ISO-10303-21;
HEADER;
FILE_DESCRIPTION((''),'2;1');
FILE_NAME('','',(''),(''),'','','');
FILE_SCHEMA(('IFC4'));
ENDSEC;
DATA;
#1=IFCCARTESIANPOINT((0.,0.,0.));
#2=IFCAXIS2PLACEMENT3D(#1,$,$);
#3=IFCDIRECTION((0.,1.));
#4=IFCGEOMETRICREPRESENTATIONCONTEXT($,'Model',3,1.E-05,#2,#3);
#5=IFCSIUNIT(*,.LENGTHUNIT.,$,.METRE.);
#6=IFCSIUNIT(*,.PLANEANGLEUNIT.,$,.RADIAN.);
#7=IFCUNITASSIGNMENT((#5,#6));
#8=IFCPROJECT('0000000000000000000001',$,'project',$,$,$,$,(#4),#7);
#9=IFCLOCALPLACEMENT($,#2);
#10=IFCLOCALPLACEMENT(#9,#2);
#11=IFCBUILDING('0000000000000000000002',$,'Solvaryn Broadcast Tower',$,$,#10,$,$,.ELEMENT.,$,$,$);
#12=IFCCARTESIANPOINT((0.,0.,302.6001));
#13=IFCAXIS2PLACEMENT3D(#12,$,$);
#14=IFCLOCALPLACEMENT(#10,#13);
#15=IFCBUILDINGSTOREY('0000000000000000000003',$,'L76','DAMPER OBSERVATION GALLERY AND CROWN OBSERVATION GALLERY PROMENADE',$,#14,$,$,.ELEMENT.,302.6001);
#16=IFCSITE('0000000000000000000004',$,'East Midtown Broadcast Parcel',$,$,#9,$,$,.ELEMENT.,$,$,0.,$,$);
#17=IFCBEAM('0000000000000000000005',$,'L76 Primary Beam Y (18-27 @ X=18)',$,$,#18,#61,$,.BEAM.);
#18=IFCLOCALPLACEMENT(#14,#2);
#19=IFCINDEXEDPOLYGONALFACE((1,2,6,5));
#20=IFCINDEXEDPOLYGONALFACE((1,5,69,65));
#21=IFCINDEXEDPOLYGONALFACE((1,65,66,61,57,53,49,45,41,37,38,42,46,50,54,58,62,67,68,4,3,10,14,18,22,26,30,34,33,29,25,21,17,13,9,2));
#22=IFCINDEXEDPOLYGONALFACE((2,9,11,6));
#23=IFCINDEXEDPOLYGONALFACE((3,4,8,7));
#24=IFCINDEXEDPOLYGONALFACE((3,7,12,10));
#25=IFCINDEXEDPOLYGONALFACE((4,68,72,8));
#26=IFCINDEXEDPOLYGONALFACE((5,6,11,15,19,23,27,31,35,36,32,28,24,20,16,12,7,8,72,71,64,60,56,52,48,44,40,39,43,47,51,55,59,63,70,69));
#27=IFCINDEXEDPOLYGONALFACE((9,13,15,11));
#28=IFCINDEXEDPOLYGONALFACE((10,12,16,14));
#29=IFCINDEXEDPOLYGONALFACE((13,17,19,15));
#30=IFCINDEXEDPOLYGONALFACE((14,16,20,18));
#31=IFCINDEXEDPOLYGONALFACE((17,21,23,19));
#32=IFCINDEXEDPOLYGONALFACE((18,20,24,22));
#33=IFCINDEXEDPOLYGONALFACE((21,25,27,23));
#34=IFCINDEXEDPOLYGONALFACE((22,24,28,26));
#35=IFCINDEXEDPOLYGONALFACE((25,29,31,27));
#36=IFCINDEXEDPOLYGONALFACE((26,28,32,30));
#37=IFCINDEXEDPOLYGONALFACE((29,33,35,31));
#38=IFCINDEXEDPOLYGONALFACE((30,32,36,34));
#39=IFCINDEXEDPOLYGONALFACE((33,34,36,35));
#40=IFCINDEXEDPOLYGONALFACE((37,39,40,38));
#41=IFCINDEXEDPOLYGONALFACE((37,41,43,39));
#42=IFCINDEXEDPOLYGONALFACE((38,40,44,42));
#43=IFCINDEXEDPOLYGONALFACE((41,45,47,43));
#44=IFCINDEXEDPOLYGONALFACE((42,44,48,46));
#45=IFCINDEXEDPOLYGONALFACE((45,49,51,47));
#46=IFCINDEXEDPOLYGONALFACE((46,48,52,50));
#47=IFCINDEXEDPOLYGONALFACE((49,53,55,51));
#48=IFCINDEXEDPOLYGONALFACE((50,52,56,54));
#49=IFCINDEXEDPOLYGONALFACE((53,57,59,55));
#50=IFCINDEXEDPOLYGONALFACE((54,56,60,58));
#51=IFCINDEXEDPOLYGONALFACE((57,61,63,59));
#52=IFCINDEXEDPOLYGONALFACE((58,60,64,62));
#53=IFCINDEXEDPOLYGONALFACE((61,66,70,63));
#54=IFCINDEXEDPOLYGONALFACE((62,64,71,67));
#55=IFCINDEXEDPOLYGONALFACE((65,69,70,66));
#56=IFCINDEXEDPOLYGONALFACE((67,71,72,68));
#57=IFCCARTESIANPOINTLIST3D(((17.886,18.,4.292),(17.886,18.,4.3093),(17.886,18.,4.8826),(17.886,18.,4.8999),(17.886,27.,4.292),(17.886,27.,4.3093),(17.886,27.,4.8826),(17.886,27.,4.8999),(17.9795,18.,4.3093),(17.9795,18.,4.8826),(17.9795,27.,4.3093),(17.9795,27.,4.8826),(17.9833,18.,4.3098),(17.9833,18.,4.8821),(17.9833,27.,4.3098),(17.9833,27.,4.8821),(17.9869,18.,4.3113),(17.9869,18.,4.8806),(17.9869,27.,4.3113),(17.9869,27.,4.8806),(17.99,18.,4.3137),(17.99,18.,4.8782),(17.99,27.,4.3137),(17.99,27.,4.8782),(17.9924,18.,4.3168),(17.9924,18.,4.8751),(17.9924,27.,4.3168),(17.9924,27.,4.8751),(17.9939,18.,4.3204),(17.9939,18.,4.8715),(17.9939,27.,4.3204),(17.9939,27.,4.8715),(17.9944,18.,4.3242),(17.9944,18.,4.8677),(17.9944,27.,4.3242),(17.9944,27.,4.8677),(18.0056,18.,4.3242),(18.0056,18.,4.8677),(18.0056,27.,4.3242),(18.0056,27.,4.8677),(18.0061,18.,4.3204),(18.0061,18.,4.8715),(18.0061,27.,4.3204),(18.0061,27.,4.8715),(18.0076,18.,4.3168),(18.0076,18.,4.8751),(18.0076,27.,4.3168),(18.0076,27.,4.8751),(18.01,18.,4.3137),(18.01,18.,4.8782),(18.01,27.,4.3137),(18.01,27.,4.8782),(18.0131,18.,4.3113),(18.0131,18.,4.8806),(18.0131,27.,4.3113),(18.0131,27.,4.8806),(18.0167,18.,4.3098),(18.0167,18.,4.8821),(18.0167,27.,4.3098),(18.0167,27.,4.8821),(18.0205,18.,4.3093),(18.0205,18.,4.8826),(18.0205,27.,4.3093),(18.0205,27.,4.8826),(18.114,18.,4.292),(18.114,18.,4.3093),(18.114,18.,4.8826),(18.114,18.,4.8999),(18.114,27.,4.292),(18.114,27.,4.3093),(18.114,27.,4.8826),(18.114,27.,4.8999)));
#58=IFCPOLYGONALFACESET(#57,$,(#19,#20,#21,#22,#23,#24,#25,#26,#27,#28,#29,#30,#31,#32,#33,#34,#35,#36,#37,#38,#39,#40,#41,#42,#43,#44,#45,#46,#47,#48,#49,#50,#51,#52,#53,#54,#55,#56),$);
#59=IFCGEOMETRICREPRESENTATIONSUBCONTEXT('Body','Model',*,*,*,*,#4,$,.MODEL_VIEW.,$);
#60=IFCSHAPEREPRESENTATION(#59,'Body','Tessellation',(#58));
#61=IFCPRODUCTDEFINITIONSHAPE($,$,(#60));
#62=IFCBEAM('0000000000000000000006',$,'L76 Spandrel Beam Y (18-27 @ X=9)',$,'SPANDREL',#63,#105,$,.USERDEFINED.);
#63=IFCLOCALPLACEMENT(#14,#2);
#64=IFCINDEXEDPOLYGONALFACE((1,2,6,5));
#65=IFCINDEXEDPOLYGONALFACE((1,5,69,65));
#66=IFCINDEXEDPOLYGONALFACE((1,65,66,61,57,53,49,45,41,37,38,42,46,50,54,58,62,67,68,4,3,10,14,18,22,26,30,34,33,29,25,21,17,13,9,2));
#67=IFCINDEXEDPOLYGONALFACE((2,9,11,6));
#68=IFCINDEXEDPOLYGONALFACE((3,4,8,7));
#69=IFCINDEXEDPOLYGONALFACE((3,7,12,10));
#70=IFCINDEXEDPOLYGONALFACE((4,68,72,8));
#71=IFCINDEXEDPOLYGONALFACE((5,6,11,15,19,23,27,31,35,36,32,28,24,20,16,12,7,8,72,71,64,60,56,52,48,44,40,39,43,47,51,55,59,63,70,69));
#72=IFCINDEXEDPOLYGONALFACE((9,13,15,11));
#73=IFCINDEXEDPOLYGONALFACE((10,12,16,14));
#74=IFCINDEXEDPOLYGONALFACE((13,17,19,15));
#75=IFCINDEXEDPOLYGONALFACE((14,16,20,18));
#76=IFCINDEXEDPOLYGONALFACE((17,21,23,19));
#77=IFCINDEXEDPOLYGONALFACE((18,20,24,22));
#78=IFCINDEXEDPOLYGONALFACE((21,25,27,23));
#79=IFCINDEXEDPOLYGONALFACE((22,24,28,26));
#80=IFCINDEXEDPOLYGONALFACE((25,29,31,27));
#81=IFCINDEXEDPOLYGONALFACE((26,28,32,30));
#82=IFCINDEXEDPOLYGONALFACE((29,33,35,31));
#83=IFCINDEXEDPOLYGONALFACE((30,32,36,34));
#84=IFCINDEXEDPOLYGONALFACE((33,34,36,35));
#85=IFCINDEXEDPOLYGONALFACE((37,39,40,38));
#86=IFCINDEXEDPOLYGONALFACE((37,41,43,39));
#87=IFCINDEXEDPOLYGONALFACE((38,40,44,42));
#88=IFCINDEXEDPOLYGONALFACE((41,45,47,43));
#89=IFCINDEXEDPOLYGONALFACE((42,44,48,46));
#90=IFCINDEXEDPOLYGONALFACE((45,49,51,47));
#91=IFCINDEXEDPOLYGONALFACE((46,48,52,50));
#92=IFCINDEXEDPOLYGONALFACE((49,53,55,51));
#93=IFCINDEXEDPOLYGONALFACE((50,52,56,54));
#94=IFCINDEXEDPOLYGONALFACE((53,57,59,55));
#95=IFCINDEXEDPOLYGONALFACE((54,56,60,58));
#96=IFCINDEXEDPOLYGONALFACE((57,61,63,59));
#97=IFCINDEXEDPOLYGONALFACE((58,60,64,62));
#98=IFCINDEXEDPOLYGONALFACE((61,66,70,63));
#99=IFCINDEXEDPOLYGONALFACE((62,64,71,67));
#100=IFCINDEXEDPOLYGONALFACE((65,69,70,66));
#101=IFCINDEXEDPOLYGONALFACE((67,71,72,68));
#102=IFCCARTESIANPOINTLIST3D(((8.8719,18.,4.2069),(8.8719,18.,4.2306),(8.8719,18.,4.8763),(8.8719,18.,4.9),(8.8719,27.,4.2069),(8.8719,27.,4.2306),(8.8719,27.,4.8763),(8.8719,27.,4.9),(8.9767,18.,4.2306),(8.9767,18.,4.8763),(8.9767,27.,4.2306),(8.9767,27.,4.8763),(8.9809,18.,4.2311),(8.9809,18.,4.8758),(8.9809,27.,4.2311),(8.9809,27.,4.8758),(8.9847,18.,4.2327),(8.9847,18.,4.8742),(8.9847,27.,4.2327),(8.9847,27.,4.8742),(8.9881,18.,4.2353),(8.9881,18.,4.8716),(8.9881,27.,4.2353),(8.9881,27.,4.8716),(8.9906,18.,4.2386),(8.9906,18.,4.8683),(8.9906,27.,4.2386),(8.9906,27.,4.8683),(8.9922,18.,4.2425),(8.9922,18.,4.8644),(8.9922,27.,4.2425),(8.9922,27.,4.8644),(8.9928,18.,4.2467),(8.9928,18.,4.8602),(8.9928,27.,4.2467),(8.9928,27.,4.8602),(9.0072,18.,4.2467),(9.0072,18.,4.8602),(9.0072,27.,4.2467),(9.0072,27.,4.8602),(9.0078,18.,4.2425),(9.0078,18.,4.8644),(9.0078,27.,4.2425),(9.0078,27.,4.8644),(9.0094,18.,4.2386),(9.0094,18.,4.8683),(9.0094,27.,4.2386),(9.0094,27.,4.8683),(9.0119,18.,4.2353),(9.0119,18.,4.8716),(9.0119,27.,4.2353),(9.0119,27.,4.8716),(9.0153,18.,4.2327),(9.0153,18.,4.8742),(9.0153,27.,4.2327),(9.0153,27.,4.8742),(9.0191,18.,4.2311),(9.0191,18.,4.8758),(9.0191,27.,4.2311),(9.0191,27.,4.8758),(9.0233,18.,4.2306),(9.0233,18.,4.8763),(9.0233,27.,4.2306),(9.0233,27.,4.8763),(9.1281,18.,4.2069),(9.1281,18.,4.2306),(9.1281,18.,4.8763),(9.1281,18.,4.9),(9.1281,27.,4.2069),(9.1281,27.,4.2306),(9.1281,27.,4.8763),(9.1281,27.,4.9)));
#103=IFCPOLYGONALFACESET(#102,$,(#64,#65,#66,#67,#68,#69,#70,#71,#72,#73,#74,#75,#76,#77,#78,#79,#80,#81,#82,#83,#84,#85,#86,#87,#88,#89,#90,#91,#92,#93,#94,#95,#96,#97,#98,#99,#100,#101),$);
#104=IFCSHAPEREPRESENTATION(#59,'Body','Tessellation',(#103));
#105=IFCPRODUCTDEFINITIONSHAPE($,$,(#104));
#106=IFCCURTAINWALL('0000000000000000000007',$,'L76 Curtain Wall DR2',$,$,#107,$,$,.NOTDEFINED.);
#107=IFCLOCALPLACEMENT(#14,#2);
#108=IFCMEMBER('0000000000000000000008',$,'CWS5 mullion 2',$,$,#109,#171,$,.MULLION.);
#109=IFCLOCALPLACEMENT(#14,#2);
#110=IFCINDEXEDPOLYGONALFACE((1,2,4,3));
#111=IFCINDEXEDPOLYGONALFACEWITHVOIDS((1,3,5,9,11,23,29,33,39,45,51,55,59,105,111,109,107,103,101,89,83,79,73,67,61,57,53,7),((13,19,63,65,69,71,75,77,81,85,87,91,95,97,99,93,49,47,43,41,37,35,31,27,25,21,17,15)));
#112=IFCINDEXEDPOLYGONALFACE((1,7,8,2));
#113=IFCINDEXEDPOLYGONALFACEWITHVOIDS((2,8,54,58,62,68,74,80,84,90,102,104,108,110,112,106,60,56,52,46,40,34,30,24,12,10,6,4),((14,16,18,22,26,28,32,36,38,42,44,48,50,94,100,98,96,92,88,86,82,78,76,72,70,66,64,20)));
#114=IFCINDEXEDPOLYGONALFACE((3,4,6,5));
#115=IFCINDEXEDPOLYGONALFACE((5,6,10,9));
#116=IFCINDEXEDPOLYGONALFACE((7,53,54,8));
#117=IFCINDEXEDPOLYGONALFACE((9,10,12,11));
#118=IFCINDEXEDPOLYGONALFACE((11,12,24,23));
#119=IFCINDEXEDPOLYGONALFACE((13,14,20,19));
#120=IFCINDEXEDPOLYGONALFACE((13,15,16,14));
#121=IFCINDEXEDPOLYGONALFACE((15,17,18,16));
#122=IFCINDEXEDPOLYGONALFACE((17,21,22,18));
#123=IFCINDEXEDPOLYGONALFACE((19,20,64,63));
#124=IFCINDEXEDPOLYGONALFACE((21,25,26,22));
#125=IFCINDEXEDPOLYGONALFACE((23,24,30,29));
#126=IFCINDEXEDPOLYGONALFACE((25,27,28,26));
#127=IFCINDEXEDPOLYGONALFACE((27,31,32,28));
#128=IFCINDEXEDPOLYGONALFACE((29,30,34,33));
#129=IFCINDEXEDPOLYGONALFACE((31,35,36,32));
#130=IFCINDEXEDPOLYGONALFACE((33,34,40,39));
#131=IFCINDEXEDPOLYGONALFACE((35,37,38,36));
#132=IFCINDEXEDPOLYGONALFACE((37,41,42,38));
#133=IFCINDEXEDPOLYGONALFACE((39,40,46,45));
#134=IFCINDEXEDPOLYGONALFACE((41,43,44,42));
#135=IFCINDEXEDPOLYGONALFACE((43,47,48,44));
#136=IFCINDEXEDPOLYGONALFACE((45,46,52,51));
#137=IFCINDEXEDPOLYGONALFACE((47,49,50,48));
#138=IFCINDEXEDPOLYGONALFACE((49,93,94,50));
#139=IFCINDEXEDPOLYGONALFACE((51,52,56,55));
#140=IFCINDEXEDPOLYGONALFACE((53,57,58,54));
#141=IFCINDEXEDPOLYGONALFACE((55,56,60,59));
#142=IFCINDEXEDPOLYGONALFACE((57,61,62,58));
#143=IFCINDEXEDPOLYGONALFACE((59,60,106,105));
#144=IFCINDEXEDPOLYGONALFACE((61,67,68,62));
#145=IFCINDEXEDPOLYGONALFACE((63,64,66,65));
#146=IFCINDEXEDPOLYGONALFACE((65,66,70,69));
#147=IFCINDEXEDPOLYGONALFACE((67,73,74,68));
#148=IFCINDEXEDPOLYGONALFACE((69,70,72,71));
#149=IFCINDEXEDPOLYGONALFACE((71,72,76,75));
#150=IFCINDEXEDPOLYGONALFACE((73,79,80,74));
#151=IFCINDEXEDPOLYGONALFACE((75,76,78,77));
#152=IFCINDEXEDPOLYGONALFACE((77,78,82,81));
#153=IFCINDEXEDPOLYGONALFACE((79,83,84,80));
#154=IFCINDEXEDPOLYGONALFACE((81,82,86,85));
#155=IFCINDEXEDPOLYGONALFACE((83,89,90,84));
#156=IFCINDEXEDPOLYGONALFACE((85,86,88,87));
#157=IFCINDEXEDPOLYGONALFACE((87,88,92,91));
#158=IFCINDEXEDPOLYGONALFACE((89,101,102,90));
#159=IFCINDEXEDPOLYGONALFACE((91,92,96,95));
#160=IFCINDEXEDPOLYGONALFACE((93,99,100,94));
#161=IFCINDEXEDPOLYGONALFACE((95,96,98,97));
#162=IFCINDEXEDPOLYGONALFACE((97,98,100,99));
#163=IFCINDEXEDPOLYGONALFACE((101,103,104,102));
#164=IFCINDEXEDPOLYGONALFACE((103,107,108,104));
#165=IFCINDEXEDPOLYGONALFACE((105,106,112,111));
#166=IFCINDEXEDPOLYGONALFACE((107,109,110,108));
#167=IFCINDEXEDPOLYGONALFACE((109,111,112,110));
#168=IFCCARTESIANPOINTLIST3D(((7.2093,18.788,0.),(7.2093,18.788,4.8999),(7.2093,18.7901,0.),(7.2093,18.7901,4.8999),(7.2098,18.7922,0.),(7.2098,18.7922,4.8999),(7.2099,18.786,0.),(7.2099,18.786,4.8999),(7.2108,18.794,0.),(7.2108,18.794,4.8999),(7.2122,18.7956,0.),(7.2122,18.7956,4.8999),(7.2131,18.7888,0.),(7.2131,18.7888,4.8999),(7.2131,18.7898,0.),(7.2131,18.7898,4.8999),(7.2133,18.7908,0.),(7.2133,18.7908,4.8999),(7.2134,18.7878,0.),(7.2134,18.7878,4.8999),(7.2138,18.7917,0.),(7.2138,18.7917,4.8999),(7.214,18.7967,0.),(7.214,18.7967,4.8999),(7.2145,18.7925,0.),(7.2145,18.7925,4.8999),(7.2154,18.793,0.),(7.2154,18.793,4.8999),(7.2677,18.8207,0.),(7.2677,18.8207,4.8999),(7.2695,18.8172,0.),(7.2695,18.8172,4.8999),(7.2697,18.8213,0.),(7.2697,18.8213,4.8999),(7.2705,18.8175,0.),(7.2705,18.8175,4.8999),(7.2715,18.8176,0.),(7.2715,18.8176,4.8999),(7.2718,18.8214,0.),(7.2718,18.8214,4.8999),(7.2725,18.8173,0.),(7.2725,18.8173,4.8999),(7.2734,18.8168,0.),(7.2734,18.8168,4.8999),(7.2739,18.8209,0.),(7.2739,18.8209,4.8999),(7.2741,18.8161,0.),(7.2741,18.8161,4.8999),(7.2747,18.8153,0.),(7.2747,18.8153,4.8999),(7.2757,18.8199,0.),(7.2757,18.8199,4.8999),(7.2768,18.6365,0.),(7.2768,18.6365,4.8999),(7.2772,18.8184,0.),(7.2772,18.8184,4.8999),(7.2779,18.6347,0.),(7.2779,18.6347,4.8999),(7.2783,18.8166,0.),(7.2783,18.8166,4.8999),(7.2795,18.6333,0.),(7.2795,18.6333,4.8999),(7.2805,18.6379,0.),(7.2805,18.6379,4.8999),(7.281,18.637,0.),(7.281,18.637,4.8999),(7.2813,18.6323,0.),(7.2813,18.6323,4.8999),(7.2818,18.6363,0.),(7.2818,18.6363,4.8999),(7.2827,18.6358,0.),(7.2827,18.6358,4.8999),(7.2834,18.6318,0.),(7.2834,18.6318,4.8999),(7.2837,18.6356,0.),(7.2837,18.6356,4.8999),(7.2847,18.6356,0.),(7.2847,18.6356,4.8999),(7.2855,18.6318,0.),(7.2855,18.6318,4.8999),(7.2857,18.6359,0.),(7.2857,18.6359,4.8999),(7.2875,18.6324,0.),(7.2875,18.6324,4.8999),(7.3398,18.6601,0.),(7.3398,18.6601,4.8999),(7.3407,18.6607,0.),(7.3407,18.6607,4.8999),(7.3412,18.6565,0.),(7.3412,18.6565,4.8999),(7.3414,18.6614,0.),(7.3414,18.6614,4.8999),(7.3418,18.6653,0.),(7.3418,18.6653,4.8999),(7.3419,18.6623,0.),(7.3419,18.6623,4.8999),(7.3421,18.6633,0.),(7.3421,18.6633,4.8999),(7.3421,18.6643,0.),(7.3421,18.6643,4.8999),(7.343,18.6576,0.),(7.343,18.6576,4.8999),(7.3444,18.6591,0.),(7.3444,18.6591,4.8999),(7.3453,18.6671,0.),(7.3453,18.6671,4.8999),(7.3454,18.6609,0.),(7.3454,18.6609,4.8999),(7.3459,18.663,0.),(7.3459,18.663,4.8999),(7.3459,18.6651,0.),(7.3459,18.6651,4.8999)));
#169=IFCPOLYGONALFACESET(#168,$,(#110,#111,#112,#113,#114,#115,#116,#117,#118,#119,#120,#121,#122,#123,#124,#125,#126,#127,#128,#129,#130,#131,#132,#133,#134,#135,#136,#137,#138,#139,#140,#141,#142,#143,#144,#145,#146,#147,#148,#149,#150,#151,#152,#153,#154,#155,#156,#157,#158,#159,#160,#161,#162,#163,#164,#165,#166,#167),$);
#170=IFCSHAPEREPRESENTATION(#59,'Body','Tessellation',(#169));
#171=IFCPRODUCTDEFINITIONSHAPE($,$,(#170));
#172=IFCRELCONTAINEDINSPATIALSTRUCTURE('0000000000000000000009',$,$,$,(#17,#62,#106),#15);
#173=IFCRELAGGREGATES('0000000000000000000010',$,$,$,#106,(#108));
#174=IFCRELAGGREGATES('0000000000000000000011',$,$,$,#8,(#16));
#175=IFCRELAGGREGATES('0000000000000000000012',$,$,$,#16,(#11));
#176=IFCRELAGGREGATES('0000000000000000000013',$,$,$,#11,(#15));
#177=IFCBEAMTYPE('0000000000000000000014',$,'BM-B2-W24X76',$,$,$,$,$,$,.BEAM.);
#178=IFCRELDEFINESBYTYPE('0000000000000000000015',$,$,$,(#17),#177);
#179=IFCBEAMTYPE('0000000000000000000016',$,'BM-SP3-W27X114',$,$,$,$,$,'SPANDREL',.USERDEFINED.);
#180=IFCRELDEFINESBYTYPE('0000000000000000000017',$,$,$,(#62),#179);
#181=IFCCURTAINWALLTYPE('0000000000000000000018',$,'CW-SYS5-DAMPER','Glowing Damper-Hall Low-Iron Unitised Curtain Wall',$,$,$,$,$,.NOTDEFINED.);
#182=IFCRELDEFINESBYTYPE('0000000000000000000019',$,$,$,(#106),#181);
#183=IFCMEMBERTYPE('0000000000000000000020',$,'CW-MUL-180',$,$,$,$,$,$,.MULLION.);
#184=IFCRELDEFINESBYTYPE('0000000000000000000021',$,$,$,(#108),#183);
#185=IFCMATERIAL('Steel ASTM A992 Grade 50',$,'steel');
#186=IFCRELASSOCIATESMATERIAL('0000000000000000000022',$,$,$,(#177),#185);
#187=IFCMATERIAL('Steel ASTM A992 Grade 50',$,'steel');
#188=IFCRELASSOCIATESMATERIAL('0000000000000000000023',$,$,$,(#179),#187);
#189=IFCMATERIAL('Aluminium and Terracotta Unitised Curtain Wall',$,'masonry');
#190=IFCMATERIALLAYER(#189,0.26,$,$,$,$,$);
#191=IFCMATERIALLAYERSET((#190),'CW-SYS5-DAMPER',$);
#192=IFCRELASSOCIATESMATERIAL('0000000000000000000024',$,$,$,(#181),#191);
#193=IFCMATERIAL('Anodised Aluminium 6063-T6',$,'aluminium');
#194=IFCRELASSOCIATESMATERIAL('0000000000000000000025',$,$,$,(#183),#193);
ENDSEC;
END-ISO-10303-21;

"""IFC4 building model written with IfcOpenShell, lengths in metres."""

from ifc_helpers import new_model, si_unit, direction, frame, origin, origin_2d, place, context, subcontext, project, spatial, hollow_rectangle, i_section, extrude, material, layer, layer_set, material_profile, profile_set, type_object, element, aggregate, save


model = new_model("IFC4")

# Units and contexts
model_context = context("Model", 3, precision=1e-05, world=origin(), true_north=direction((0.0, 1.0)))
body_context = subcontext(model_context, "Body", "Model", "MODEL_VIEW")
ifc_project = project(units=[si_unit("LENGTHUNIT", "METRE"), si_unit("PLANEANGLEUNIT", "RADIAN")], contexts=[model_context])

# Site, building, storey
site_placement = place(None, origin())
site = spatial("IfcSite", under=ifc_project, at=site_placement, Name="East Midtown Broadcast Parcel", CompositionType="ELEMENT", RefElevation=0.0)
building_placement = place(site_placement, origin())
building = spatial("IfcBuilding", under=site, at=building_placement, Name="Solvaryn Broadcast Tower", CompositionType="ELEMENT")
storey_placement = place(building_placement, frame((0.0, 0.0, 302.6001)))
storey = spatial("IfcBuildingStorey", under=building, at=storey_placement, Name="L76", Description="DAMPER OBSERVATION GALLERY AND CROWN OBSERVATION GALLERY PROMENADE", CompositionType="ELEMENT", Elevation=302.6001)

# Beams
ifc_material_1 = material(Name="Steel ASTM A992 Grade 50", Category="steel")
ifc_material_profile_1 = material_profile(ifc_material_1, i_section(OverallWidth=0.228, OverallDepth=0.6079, WebThickness=0.0112, FlangeThickness=0.0173, FilletRadius=0.0149, at=origin_2d()))
ifc_profile_set_1 = profile_set([ifc_material_profile_1], Name="Steel ASTM A992 Grade 50")
beam_type_1 = type_object("IfcBeamType", Name="BM-B2-W24X76", PredefinedType="BEAM", material=ifc_profile_set_1)
beam_1_placement = place(storey_placement, frame((18.0, 18.0, 4.5959), z_axis=(0.0, 1.0, 0.0), x_axis=(-1.0, 0.0, 0.0)))
element("IfcBeam", 1, at=beam_1_placement, inside=storey, type_object=beam_type_1, Name="L76 Primary Beam Y (18-27 @ X=18)", PredefinedType="BEAM", context=body_context, shape_type="SweptSolid", body=[
    extrude(i_section(OverallWidth=0.228, OverallDepth=0.6079, WebThickness=0.0112, FlangeThickness=0.0173, FilletRadius=0.0149, at=origin_2d()), origin(), (0.0, 0.0, 1.0), 9.0),
])
ifc_material_2 = material(Name="Steel ASTM A992 Grade 50", Category="steel")
ifc_material_profile_2 = material_profile(ifc_material_2, i_section(OverallWidth=0.2561, OverallDepth=0.6931, WebThickness=0.0144, FlangeThickness=0.0237, FilletRadius=0.0161, at=origin_2d()))
ifc_profile_set_2 = profile_set([ifc_material_profile_2], Name="Steel ASTM A992 Grade 50")
beam_type_2 = type_object("IfcBeamType", Name="BM-SP3-W27X114", ElementType="SPANDREL", PredefinedType="USERDEFINED", material=ifc_profile_set_2)
beam_2_placement = place(storey_placement, frame((9.0, 18.0, 4.5535), z_axis=(0.0, 1.0, 0.0), x_axis=(-1.0, 0.0, 0.0)))
element("IfcBeam", 2, at=beam_2_placement, inside=storey, type_object=beam_type_2, Name="L76 Spandrel Beam Y (18-27 @ X=9)", ObjectType="SPANDREL", PredefinedType="USERDEFINED", context=body_context, shape_type="SweptSolid", body=[
    extrude(i_section(OverallWidth=0.2561, OverallDepth=0.6931, WebThickness=0.0144, FlangeThickness=0.0237, FilletRadius=0.0161, at=origin_2d()), origin(), (0.0, 0.0, 1.0), 9.0),
])

# Curtain wall, member
ifc_material_3 = material(Name="Aluminium and Terracotta Unitised Curtain Wall", Category="masonry")
ifc_layer_1 = layer(ifc_material_3, 0.26)
ifc_layer_set_1 = layer_set([ifc_layer_1], Name="CW-SYS5-DAMPER")
curtain_wall_type = type_object("IfcCurtainWallType", Name="CW-SYS5-DAMPER", Description="Glowing Damper-Hall Low-Iron Unitised Curtain Wall", PredefinedType="NOTDEFINED", material=ifc_layer_set_1)
curtain_wall_placement = place(storey_placement, origin())
curtain_wall = element("IfcCurtainWall", 3, at=curtain_wall_placement, inside=storey, type_object=curtain_wall_type, Name="L76 Curtain Wall DR2", PredefinedType="NOTDEFINED")
ifc_material_4 = material(Name="Anodised Aluminium 6063-T6", Category="aluminium")
ifc_material_profile_3 = material_profile(ifc_material_4, hollow_rectangle(XDim=0.075, YDim=0.1799, WallThickness=0.0039, InnerFilletRadius=0.0039, OuterFilletRadius=0.0081, at=origin_2d()))
ifc_profile_set_3 = profile_set([ifc_material_profile_3], Name="Anodised Aluminium 6063-T6")
member_type_1 = type_object("IfcMemberType", Name="CW-MUL-180", PredefinedType="MULLION", material=ifc_profile_set_3)
member_1_placement = place(storey_placement, frame((7.2776, 18.7266, 0.0), z_axis=(0.0, 0.0, 1.0), x_axis=(0.912774, 0.408466, 0.0)))
member_1 = element("IfcMember", 4, at=member_1_placement, type_object=member_type_1, Name="CWS5 mullion 2", PredefinedType="MULLION", context=body_context, shape_type="SweptSolid", body=[
    extrude(hollow_rectangle(XDim=0.075, YDim=0.1799, WallThickness=0.0039, InnerFilletRadius=0.0039, OuterFilletRadius=0.0081, at=origin_2d()), origin(), (0.0, 0.0, 1.0), 4.8999),
])

aggregate(curtain_wall, [member_1])

save(model, "model.ifc")
